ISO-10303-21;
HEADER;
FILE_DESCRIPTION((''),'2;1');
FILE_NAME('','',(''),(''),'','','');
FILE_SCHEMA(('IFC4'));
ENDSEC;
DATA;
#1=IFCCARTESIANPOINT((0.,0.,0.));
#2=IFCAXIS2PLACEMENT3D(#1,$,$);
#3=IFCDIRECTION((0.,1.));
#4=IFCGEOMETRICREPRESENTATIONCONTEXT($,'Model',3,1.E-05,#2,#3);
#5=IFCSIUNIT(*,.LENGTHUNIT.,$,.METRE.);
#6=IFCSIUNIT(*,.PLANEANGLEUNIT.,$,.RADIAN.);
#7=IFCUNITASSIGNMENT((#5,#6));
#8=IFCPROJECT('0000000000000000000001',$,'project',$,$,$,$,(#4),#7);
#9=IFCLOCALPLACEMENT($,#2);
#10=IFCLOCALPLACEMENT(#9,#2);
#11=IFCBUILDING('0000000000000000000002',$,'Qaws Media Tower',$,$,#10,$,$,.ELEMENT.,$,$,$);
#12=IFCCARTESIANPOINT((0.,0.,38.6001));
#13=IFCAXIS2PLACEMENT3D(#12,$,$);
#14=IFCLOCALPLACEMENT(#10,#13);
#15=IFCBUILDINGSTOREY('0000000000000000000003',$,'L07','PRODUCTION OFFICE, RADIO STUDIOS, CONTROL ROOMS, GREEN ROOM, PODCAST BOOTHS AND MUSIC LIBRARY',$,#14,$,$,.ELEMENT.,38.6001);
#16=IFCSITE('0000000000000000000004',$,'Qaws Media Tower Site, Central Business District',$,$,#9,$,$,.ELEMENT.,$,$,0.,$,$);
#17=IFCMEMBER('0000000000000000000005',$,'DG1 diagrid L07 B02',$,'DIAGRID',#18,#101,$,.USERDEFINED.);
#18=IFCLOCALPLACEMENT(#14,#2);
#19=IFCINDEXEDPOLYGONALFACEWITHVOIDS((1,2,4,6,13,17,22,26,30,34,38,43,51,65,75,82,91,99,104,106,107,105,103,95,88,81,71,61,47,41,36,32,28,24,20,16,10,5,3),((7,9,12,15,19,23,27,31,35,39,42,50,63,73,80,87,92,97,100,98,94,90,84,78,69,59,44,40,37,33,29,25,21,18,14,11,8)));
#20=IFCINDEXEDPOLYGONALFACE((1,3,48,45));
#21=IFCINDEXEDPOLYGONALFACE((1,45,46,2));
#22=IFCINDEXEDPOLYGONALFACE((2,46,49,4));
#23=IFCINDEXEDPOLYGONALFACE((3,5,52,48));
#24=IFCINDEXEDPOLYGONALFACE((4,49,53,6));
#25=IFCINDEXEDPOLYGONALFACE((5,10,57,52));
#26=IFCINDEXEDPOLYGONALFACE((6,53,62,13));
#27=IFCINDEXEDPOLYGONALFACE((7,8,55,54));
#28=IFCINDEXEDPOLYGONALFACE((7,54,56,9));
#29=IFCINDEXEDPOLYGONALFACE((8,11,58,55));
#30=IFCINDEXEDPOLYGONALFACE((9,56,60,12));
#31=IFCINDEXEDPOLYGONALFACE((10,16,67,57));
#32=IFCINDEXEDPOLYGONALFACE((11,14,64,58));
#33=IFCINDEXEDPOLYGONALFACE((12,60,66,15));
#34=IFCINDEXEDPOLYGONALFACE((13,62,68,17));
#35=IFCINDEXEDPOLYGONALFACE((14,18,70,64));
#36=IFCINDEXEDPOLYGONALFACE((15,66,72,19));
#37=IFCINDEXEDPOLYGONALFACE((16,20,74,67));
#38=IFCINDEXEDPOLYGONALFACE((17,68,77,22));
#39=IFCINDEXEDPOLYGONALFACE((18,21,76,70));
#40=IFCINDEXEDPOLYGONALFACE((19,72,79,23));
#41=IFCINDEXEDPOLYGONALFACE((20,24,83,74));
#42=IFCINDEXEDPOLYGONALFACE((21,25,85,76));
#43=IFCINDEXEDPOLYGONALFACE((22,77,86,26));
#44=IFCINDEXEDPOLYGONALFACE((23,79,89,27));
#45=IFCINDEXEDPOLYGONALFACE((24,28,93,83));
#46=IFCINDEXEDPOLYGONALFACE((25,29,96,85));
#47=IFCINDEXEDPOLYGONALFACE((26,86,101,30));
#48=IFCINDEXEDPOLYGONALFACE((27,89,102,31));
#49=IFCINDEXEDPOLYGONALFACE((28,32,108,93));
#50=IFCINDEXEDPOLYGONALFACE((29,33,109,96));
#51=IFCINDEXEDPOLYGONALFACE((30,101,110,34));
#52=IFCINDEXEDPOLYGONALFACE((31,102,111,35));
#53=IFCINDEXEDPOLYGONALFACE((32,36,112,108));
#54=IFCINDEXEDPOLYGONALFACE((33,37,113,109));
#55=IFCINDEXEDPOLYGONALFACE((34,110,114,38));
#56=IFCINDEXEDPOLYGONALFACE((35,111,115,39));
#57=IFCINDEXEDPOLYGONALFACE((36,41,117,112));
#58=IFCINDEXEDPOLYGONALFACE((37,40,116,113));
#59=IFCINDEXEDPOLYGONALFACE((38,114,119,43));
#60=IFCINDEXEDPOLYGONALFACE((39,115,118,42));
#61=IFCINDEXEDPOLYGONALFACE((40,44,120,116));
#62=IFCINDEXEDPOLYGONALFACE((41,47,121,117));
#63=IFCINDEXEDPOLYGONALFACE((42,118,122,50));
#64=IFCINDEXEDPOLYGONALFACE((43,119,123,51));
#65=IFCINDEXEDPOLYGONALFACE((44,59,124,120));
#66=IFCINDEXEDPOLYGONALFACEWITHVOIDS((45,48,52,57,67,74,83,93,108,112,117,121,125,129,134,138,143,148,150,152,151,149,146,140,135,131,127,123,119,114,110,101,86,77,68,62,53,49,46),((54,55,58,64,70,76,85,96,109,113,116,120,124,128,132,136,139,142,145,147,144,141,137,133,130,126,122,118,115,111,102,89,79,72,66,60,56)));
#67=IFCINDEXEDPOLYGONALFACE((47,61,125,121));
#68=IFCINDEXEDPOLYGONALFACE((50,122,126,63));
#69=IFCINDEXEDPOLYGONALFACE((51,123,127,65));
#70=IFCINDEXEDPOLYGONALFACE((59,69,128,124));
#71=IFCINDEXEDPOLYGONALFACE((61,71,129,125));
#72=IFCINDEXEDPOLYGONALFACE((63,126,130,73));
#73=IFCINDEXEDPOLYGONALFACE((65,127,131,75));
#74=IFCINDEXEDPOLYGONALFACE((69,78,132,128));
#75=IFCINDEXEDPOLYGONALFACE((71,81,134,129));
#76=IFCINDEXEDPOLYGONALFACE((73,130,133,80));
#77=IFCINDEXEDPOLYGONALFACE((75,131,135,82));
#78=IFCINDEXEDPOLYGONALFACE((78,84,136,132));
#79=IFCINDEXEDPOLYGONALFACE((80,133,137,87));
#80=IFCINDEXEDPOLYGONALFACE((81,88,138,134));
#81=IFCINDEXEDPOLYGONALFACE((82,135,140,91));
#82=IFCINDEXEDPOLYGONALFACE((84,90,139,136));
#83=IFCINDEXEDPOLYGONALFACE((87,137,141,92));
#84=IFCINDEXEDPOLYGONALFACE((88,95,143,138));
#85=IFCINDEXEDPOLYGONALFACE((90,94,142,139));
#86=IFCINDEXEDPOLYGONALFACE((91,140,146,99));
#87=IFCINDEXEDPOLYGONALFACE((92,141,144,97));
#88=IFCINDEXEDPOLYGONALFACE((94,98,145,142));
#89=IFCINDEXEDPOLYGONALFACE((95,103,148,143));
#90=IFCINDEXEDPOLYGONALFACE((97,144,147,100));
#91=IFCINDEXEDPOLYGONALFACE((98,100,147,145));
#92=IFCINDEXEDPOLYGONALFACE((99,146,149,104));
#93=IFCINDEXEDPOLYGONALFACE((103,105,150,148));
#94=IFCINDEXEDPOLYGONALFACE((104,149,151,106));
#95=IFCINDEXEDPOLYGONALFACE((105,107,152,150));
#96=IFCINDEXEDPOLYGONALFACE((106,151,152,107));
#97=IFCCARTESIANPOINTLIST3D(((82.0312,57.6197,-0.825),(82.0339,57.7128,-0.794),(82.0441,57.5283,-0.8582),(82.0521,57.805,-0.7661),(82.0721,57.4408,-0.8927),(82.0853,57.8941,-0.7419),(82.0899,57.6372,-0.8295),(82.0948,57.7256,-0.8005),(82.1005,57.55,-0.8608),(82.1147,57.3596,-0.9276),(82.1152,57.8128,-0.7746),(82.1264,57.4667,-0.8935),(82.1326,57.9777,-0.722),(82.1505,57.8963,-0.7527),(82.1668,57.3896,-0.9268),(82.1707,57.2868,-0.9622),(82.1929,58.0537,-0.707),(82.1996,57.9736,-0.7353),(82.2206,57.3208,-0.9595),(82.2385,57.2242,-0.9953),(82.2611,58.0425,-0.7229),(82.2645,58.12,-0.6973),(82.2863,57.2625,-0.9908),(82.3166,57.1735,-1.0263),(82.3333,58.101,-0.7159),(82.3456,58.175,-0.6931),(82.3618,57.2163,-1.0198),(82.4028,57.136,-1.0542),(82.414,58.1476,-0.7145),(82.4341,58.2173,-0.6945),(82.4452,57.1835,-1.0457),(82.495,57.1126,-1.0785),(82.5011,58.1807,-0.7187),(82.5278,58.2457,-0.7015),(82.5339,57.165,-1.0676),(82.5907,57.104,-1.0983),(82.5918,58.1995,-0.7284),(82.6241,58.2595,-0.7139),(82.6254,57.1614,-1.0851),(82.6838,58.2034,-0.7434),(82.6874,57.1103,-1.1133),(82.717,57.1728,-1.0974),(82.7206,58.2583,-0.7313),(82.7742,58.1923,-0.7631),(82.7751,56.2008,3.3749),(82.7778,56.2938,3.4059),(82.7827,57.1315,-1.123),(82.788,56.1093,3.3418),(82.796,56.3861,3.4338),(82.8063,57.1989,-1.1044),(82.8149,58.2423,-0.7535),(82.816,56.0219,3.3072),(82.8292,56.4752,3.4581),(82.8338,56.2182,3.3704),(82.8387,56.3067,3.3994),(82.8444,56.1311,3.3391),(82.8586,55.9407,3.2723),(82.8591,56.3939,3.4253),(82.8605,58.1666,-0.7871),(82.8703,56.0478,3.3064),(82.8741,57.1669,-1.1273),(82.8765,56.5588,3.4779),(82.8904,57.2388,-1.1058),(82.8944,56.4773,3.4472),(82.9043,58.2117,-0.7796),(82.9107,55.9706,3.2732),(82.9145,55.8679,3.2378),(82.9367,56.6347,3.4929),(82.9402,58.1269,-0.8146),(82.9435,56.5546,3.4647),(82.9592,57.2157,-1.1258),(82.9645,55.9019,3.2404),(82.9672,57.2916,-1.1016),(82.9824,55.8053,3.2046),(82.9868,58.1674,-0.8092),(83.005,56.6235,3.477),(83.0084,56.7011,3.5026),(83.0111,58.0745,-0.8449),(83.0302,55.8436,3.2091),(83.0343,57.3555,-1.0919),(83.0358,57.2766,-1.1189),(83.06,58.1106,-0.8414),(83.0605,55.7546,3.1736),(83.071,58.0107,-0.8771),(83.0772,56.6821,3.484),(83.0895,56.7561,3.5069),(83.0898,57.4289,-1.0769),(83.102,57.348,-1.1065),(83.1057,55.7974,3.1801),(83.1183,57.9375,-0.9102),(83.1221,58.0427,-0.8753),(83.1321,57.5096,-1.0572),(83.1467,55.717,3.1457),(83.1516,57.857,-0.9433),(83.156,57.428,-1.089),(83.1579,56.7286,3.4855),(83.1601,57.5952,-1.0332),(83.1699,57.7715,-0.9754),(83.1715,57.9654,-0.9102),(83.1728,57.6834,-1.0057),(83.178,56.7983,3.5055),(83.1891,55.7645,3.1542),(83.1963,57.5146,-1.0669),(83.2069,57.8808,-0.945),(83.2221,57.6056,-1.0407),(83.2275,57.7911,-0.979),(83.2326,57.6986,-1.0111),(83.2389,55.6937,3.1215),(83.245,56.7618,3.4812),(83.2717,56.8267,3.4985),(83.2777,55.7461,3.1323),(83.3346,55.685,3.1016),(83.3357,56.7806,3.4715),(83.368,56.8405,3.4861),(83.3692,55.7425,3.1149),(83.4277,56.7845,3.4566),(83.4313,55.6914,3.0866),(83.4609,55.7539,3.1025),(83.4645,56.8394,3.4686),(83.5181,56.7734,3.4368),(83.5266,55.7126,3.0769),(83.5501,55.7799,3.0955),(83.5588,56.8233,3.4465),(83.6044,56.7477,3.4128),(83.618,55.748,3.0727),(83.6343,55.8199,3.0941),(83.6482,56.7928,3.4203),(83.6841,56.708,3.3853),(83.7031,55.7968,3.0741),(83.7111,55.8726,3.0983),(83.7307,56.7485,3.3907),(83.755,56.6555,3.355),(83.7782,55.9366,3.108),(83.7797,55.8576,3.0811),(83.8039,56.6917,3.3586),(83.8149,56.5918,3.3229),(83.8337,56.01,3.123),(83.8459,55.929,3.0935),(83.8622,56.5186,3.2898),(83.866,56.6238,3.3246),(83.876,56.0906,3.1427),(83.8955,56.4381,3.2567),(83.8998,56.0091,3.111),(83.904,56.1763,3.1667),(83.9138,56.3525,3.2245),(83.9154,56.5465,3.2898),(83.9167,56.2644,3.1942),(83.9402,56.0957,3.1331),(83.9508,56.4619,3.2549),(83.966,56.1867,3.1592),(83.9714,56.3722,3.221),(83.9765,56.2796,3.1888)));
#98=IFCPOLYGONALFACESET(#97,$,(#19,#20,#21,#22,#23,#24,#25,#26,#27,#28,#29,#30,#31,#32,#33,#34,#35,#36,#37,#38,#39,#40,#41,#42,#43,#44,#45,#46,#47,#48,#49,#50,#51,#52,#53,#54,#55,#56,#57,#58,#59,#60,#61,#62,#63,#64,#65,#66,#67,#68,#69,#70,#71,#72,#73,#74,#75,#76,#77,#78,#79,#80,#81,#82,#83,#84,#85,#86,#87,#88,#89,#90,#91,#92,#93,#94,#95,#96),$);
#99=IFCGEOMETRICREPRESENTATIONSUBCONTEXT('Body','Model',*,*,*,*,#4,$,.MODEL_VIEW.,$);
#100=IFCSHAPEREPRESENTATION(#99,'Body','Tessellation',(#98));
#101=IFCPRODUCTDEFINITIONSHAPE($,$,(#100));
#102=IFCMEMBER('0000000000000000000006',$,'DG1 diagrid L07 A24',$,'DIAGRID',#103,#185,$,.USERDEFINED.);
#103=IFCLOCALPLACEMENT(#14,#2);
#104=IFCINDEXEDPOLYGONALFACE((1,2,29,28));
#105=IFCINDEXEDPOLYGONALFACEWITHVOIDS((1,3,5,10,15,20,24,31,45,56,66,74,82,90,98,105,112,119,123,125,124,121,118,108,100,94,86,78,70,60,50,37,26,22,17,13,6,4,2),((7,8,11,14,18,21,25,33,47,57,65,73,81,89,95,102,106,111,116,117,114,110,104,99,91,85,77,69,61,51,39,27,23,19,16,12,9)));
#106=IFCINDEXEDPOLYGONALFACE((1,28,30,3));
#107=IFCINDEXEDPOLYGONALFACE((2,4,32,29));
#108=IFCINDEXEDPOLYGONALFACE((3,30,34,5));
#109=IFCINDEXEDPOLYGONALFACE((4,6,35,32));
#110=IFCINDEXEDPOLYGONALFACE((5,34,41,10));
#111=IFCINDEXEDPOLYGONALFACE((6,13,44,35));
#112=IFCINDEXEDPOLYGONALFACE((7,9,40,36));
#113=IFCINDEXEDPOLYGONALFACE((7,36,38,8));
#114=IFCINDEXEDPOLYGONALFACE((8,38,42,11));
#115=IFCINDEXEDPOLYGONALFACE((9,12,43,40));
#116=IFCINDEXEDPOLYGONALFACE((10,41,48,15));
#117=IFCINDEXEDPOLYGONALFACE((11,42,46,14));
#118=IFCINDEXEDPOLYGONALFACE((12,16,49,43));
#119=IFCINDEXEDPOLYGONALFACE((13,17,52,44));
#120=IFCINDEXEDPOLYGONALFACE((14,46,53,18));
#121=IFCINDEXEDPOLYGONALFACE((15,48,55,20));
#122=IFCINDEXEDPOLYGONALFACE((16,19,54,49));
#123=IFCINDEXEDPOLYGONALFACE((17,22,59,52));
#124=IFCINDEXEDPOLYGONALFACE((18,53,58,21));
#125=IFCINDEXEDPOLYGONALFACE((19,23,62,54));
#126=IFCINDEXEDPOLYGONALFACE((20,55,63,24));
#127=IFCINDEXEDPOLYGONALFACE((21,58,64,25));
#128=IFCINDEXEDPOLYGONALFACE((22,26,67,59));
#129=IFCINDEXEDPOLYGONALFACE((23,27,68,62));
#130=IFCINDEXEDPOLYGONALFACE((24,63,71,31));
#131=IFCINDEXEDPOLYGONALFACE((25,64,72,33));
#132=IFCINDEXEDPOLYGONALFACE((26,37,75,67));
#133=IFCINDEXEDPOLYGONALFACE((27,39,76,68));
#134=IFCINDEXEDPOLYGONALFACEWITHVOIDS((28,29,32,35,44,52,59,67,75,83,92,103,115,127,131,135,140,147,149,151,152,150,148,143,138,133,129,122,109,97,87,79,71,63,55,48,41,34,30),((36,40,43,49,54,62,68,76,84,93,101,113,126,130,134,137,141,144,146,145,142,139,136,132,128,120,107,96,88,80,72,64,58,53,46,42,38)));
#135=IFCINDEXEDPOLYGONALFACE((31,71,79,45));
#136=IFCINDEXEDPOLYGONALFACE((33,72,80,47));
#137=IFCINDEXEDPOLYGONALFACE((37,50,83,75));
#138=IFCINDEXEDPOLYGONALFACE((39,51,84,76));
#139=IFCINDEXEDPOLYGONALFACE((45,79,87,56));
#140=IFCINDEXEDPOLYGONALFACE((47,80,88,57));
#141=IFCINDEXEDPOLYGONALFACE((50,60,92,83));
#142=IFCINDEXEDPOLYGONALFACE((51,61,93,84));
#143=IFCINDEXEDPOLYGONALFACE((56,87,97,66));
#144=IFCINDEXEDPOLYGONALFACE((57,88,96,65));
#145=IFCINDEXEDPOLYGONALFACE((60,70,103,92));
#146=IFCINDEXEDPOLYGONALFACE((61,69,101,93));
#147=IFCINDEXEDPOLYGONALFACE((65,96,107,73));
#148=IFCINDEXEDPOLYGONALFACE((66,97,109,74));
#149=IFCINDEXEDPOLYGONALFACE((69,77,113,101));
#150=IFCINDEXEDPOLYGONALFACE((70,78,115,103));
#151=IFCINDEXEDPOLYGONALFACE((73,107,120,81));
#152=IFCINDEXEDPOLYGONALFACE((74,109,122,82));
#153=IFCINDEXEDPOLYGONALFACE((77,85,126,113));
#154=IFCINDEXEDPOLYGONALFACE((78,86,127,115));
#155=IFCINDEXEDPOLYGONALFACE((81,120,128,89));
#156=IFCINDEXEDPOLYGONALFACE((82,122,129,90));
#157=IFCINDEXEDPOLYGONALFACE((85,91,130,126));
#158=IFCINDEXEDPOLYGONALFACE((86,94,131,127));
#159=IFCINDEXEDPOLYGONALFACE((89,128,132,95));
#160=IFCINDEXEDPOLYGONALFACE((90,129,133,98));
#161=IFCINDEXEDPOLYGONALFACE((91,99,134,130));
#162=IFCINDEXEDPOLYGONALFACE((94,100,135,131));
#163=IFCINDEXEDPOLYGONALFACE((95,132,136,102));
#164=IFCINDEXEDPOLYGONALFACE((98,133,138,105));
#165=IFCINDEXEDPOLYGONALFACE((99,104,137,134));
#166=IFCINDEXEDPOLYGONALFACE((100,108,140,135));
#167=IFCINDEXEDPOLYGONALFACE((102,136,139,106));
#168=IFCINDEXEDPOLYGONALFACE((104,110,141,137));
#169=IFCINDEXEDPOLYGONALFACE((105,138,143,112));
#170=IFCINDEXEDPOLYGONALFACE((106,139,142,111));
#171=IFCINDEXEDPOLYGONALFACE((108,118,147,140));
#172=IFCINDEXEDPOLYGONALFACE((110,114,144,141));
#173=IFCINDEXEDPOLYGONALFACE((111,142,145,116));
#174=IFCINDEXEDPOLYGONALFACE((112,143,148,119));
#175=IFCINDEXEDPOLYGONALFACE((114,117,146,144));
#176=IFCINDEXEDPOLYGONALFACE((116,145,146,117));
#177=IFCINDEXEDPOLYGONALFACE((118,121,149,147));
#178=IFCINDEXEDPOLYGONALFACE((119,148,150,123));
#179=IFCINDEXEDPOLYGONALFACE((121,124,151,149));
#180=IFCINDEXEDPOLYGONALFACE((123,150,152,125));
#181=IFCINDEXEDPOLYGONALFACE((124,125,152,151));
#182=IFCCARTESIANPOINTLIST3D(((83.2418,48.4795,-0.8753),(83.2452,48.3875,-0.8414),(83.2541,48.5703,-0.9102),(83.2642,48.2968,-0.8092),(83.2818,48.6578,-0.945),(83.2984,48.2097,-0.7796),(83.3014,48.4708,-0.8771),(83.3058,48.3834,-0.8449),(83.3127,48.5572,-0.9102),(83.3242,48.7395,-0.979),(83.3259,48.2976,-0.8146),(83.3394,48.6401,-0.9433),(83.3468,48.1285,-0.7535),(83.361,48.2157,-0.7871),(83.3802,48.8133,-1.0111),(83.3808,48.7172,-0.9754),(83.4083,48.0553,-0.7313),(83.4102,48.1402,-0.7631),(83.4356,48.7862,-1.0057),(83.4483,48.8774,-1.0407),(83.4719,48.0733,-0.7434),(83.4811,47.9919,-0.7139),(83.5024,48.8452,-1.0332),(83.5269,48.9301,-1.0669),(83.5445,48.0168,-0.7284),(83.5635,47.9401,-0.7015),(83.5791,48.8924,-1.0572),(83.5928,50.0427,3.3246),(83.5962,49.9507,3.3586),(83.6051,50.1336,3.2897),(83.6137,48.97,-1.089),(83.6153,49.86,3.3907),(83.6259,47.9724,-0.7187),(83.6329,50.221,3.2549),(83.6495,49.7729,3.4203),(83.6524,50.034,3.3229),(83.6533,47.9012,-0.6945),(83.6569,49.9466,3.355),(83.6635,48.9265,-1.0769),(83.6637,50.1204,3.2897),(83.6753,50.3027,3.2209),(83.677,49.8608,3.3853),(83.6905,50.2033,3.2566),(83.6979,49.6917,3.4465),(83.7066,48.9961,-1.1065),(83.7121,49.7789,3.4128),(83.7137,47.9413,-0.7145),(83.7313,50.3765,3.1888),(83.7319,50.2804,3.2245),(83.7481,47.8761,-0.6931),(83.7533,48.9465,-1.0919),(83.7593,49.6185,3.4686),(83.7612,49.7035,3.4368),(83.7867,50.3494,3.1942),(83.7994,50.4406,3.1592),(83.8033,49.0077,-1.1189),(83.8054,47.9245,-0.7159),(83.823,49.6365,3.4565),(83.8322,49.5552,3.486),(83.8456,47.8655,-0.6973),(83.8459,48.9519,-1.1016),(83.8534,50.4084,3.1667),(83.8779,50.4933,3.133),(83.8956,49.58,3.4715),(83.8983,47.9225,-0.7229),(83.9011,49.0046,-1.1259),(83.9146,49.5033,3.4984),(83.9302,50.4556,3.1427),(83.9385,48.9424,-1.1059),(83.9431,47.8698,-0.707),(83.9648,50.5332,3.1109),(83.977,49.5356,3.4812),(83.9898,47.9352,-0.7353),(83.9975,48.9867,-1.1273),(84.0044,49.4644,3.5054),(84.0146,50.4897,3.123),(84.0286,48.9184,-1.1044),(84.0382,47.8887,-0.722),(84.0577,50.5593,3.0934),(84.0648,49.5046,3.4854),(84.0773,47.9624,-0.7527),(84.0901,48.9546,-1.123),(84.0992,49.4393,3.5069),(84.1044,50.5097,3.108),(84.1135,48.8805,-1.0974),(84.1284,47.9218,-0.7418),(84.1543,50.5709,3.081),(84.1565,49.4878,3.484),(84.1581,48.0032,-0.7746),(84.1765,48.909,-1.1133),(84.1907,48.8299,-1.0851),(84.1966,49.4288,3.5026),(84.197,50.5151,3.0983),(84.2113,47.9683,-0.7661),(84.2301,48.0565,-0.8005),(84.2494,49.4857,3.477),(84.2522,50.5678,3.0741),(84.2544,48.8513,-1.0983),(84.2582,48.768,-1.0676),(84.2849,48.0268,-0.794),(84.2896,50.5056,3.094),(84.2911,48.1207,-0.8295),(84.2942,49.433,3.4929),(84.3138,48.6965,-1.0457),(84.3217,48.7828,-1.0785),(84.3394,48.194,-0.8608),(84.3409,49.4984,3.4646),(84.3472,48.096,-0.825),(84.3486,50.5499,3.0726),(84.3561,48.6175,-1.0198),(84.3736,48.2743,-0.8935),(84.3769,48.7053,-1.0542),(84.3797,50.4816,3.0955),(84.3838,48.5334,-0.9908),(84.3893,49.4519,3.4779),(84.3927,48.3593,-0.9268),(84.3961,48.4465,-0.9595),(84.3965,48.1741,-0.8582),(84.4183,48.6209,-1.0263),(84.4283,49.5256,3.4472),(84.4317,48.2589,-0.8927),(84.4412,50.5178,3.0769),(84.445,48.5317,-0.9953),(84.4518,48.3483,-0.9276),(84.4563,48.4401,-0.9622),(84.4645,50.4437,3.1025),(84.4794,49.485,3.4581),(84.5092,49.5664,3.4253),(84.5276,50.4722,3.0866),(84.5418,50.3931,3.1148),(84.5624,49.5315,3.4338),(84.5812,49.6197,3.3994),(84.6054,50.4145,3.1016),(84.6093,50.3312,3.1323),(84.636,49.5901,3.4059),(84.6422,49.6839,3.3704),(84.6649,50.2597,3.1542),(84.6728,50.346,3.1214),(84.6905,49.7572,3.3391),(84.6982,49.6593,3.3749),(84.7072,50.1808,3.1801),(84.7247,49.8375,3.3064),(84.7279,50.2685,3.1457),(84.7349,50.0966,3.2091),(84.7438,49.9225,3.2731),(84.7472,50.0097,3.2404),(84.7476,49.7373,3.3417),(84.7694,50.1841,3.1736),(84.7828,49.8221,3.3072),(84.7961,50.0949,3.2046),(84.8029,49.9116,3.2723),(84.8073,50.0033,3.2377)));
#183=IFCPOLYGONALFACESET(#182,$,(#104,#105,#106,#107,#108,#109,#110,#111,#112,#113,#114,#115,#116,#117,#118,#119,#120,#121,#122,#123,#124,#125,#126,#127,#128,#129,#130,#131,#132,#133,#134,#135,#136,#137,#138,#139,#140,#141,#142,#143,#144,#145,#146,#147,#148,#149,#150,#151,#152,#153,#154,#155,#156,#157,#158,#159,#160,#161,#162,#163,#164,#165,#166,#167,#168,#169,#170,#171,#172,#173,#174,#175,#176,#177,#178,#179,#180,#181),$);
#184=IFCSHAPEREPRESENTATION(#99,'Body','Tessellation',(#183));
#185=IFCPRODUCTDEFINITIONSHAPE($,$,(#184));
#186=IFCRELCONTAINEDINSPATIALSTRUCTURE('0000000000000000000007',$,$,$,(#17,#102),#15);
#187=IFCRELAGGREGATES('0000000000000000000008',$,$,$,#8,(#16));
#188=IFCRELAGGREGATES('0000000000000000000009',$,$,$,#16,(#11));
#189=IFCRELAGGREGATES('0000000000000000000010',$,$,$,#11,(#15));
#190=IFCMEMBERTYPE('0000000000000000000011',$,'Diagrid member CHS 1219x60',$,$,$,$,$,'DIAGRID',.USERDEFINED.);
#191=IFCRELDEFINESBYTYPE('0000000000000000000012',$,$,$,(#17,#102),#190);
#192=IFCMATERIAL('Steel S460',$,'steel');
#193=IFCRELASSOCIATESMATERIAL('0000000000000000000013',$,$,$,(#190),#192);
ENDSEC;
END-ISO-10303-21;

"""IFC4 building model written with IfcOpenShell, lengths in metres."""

from ifc_helpers import new_model, si_unit, direction, frame, origin, origin_2d, place, context, subcontext, project, spatial, hollow_circle, extrude, material, material_profile, profile_set, type_object, element, save


model = new_model("IFC4")

# Units and contexts
model_context = context("Model", 3, precision=1e-05, world=origin(), true_north=direction((0.0, 1.0)))
body_context = subcontext(model_context, "Body", "Model", "MODEL_VIEW")
ifc_project = project(units=[si_unit("LENGTHUNIT", "METRE"), si_unit("PLANEANGLEUNIT", "RADIAN")], contexts=[model_context])

# Site, building, storey
site_placement = place(None, origin())
site = spatial("IfcSite", under=ifc_project, at=site_placement, Name="Qaws Media Tower Site, Central Business District", CompositionType="ELEMENT", RefElevation=0.0)
building_placement = place(site_placement, origin())
building = spatial("IfcBuilding", under=site, at=building_placement, Name="Qaws Media Tower", CompositionType="ELEMENT")
storey_placement = place(building_placement, frame((0.0, 0.0, 38.6001)))
storey = spatial("IfcBuildingStorey", under=building, at=storey_placement, Name="L07", Description="PRODUCTION OFFICE, RADIO STUDIOS, CONTROL ROOMS, GREEN ROOM, PODCAST BOOTHS AND MUSIC LIBRARY", CompositionType="ELEMENT", Elevation=38.6001)

# Members
ifc_material_1 = material(Name="Steel S460", Category="steel")
ifc_material_profile_1 = material_profile(ifc_material_1, hollow_circle(Radius=0.6096, WallThickness=0.0601, at=origin_2d()), Name="CHS 1219x60")
ifc_profile_set_1 = profile_set([ifc_material_profile_1], Name="Steel S460")
member_type_1 = type_object("IfcMemberType", Name="Diagrid member CHS 1219x60", ElementType="DIAGRID", PredefinedType="USERDEFINED", material=ifc_profile_set_1)
for number, where, z_axis, x_axis, name in (
    (1, (82.6316, 57.6824, -0.9102), (0.165489, -0.315661, 0.934329), (0.885667, 0.46432, 0.0), "DG1 diagrid L07 B02"),
    (2, (83.8489, 48.4368, -0.9102), (0.0781, 0.347758, 0.934326), (-0.975697, 0.219124, 0.0), "DG1 diagrid L07 A24"),
):
    element("IfcMember", number, at=place(storey_placement, frame(where, z_axis=z_axis, x_axis=x_axis)), inside=storey, type_object=member_type_1, Name=name, ObjectType="DIAGRID", PredefinedType="USERDEFINED", context=body_context, shape_type="SweptSolid", body=[
        extrude(hollow_circle(Radius=0.6096, WallThickness=0.0601, at=origin_2d()), origin(), (0.0, 0.0, 1.0), 4.4951),
    ])

save(model, "model.ifc")
